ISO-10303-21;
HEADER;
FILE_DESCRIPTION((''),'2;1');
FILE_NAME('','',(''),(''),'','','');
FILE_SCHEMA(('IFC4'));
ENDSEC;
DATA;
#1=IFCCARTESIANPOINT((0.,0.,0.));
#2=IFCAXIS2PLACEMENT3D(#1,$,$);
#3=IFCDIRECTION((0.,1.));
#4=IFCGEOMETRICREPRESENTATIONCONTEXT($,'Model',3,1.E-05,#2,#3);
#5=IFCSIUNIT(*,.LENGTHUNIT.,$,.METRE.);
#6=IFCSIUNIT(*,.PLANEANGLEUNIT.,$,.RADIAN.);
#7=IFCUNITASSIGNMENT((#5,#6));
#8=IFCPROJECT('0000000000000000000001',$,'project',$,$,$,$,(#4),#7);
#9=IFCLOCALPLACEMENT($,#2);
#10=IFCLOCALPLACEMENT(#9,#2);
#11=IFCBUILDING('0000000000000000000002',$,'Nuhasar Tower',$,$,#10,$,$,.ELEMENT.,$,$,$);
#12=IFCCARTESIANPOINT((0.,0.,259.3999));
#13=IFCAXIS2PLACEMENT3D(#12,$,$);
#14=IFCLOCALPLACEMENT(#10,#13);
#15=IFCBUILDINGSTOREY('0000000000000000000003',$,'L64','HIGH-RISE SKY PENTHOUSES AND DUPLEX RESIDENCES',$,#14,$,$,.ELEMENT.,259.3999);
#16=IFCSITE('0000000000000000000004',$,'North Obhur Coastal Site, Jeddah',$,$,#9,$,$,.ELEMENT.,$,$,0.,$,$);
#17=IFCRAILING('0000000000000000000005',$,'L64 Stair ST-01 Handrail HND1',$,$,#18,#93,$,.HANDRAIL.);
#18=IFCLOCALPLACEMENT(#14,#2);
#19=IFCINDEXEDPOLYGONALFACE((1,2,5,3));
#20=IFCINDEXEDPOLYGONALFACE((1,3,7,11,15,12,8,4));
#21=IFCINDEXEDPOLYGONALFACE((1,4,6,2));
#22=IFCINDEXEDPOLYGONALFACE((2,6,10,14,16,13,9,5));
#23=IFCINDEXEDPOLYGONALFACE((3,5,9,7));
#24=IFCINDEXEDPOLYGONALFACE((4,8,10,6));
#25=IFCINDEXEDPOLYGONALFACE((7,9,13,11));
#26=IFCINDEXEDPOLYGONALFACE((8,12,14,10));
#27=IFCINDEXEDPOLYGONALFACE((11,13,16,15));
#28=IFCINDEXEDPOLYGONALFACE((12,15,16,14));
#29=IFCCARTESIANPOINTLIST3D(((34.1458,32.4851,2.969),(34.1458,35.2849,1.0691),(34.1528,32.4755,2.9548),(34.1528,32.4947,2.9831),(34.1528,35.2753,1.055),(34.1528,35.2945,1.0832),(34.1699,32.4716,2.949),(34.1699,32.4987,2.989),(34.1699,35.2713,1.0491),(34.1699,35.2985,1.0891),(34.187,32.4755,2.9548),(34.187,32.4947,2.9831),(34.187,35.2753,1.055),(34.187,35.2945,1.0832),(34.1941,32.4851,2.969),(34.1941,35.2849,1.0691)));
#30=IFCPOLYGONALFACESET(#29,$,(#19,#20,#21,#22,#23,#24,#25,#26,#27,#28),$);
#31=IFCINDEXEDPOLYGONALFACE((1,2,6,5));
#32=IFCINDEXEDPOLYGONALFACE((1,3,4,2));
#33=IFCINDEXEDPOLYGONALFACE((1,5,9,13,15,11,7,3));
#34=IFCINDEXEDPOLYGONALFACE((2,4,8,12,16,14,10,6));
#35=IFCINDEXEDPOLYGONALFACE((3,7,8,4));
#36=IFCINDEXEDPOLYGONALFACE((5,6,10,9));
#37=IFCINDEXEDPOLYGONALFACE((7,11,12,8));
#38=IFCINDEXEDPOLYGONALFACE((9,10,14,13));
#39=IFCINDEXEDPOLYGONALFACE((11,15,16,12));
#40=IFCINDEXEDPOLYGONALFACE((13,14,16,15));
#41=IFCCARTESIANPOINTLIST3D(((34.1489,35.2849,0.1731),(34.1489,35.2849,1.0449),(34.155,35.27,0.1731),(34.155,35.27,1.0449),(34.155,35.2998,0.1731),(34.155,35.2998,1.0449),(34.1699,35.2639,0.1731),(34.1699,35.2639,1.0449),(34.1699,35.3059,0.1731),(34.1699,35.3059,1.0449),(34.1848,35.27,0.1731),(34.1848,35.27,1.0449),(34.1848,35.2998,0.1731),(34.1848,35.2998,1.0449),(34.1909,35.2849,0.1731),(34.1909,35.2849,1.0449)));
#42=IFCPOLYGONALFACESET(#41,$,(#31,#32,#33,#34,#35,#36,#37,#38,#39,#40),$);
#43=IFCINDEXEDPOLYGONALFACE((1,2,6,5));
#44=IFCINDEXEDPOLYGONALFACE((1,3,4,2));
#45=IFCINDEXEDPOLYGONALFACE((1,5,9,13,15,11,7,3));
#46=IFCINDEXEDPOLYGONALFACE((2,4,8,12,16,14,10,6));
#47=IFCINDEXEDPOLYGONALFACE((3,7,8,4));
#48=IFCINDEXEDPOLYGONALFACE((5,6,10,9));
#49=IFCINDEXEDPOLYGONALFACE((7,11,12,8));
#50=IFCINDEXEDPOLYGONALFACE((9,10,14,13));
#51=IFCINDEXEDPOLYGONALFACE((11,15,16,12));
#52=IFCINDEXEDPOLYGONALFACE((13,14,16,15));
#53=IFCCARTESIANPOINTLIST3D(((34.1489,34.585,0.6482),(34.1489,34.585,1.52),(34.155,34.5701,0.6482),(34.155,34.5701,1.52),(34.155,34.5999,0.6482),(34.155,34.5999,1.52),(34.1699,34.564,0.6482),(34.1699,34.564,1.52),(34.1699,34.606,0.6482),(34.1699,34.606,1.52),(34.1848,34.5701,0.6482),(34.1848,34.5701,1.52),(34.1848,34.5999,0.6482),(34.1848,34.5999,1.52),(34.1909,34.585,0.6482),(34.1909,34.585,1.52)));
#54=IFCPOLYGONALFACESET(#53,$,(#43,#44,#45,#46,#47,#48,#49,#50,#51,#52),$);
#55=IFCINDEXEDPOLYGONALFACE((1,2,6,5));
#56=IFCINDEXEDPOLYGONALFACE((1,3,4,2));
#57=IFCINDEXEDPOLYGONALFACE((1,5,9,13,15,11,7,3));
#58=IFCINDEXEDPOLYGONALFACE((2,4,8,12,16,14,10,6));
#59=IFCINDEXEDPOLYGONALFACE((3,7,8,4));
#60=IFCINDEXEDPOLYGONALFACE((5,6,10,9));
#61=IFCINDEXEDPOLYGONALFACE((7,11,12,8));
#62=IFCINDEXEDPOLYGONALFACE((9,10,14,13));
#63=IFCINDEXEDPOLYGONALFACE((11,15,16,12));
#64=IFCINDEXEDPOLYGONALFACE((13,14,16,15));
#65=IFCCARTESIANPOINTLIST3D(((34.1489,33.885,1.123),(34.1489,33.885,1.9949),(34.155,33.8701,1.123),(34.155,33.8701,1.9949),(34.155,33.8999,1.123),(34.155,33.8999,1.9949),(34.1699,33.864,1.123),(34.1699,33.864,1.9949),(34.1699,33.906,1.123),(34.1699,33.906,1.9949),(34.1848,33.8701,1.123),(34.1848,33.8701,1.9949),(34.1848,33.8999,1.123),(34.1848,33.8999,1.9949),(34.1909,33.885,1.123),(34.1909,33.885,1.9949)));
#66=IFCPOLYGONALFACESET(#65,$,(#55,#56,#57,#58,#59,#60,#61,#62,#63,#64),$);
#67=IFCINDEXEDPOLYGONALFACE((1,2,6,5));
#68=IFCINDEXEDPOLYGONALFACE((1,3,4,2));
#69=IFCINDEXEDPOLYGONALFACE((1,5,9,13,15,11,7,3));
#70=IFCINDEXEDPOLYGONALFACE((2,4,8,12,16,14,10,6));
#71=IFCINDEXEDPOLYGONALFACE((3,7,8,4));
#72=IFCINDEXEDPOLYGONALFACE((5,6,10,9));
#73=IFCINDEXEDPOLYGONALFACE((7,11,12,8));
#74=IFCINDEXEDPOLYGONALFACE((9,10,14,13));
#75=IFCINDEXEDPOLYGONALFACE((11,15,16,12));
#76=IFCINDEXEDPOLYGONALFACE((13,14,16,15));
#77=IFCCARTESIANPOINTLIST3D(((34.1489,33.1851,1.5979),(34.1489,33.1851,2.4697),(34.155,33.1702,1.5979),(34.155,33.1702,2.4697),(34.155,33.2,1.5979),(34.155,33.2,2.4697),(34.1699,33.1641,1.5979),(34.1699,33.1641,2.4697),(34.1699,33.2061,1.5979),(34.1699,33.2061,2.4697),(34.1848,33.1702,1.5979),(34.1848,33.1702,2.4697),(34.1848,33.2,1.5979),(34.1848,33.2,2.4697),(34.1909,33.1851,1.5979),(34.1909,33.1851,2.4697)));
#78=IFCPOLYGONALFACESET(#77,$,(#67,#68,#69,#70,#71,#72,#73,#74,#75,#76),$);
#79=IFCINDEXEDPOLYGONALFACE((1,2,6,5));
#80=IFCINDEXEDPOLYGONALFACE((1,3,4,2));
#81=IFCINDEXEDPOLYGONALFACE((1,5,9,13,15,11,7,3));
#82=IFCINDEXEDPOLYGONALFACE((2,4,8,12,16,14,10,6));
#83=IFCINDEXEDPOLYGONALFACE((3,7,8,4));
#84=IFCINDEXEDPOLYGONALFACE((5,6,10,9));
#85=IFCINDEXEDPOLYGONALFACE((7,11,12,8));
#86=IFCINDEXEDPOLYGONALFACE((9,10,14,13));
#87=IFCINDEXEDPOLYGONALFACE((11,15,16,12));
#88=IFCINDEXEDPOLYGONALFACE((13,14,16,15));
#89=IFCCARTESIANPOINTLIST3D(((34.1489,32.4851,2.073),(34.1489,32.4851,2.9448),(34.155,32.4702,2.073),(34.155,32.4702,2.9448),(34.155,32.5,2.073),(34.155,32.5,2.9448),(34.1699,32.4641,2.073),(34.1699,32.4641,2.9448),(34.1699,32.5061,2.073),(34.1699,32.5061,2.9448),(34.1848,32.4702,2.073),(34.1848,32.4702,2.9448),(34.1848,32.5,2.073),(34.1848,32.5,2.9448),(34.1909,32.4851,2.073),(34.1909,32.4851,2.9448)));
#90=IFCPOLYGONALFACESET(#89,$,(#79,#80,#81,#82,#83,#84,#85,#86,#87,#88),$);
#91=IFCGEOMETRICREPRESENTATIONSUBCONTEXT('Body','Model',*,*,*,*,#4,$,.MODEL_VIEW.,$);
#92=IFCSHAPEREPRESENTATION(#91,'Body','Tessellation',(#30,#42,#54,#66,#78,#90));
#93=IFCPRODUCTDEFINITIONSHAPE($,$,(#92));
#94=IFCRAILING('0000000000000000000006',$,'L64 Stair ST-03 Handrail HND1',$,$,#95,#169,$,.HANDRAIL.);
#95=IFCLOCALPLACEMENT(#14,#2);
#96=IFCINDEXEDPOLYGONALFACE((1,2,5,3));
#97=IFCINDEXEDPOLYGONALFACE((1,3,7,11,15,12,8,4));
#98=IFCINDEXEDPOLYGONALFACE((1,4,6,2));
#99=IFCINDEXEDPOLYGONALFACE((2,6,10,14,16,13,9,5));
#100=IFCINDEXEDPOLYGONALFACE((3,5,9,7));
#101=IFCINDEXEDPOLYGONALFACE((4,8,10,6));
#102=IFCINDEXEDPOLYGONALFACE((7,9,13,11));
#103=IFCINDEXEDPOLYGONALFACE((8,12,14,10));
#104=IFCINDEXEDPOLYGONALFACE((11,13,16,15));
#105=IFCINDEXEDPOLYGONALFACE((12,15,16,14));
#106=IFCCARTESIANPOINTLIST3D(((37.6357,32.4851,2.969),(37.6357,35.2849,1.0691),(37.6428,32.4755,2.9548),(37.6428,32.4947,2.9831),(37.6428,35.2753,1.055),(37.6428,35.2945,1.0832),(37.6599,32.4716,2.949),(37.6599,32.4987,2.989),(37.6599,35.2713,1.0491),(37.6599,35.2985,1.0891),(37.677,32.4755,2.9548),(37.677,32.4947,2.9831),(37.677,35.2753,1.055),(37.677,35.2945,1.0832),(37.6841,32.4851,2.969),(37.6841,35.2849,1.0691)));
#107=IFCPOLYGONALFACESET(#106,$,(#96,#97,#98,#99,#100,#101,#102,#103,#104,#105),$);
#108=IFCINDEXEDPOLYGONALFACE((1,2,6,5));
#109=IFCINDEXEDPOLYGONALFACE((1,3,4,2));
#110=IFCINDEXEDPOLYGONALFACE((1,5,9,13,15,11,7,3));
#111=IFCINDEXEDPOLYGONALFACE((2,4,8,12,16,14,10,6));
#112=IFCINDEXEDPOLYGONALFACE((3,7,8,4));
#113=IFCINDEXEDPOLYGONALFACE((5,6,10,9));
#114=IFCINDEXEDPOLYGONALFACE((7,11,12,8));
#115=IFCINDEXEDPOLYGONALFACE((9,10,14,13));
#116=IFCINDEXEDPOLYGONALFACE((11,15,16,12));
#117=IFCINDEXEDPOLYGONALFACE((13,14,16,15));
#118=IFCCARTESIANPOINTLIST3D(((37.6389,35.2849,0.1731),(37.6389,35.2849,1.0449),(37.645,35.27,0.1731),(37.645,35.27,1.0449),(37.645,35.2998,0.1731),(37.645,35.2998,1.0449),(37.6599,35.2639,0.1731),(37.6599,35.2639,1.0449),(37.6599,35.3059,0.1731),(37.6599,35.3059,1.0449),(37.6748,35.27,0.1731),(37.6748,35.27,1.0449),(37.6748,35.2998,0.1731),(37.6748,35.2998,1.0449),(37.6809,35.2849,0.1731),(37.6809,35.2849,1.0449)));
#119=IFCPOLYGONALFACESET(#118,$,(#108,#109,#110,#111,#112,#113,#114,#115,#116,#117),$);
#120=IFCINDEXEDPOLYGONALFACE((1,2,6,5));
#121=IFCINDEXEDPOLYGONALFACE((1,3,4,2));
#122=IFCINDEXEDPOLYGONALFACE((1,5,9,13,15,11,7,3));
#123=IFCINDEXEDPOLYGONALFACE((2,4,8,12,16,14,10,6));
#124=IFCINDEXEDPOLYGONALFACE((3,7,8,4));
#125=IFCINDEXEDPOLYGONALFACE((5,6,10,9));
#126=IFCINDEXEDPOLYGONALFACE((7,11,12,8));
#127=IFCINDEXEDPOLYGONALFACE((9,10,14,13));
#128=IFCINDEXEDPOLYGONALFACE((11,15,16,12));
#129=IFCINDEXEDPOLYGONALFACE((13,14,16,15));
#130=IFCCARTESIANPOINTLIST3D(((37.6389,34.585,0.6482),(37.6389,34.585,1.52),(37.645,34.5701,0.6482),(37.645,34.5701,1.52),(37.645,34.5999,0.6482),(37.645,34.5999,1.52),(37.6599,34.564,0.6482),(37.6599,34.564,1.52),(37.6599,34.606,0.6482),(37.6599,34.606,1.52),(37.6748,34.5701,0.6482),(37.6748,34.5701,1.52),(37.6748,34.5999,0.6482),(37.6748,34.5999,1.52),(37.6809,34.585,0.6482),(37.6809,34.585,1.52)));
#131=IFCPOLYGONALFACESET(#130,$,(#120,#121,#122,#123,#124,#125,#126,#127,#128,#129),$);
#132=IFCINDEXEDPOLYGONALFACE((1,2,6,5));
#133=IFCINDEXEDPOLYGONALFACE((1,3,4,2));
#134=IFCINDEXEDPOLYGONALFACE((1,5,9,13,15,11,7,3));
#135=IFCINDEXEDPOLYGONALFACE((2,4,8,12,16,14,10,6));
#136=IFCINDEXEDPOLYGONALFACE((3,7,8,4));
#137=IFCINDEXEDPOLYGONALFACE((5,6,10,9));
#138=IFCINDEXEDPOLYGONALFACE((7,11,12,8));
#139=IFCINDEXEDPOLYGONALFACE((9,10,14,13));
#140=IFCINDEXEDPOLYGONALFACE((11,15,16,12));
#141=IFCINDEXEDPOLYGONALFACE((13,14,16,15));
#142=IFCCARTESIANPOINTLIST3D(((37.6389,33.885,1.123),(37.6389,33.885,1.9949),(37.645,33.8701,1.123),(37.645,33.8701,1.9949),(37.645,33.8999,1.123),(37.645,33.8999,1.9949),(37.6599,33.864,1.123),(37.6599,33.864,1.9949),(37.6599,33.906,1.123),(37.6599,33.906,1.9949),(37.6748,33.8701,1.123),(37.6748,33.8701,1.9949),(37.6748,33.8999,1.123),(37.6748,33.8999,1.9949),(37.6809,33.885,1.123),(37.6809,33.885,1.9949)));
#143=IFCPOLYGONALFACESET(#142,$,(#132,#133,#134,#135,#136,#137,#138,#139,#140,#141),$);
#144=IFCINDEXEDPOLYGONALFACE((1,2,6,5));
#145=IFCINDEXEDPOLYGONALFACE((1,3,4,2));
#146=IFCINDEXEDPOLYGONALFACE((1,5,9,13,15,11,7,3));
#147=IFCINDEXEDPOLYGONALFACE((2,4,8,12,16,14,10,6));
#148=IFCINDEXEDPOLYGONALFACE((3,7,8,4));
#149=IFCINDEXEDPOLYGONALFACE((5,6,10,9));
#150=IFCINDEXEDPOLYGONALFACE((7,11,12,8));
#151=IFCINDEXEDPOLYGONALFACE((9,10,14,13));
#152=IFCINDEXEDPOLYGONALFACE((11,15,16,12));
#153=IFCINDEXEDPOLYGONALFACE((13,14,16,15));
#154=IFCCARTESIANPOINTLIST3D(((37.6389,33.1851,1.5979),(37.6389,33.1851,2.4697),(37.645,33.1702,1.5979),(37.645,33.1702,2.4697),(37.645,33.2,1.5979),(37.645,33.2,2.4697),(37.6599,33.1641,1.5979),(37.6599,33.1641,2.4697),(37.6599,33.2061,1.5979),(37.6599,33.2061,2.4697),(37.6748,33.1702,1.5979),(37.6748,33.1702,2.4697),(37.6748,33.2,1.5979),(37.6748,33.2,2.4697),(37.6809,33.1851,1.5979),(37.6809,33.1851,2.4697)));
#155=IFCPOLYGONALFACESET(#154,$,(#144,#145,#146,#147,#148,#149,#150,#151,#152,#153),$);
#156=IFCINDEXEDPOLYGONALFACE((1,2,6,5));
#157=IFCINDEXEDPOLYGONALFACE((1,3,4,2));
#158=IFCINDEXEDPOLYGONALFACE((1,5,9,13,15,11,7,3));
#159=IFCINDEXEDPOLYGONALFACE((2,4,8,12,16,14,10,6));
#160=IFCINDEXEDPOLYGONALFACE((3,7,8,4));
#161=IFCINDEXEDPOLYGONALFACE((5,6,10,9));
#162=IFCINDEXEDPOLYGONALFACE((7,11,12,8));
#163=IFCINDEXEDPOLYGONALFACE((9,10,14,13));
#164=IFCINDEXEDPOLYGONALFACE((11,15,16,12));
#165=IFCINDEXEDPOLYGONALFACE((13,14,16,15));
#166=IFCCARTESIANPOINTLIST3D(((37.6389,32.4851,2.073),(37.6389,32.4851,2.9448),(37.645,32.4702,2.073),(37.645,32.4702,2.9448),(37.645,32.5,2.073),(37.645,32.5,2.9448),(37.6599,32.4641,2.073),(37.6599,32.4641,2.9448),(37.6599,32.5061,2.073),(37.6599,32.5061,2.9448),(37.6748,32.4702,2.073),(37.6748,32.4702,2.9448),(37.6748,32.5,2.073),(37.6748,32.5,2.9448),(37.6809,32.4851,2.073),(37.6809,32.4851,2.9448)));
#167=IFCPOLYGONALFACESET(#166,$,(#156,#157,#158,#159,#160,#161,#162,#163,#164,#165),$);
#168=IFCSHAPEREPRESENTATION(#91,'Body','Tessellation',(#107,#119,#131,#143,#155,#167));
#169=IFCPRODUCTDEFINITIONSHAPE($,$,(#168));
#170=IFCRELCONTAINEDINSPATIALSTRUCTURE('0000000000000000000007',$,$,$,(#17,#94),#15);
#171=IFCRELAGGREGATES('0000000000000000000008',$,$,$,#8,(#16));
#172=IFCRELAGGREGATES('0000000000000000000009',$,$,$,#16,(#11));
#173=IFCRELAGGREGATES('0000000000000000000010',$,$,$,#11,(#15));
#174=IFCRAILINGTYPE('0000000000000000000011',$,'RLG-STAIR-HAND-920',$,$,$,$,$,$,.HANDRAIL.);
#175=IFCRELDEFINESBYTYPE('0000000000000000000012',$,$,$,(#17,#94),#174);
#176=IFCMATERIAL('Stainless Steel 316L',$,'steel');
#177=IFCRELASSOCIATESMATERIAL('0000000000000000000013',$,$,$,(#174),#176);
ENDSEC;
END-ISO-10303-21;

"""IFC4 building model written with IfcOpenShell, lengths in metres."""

from ifc_helpers import new_model, si_unit, direction, frame, origin, place, context, subcontext, project, spatial, polyline, outline, extrude, material, type_object, element, save


model = new_model("IFC4")

# Units and contexts
model_context = context("Model", 3, precision=1e-05, world=origin(), true_north=direction((0.0, 1.0)))
body_context = subcontext(model_context, "Body", "Model", "MODEL_VIEW")
ifc_project = project(units=[si_unit("LENGTHUNIT", "METRE"), si_unit("PLANEANGLEUNIT", "RADIAN")], contexts=[model_context])

# Site, building, storey
site_placement = place(None, origin())
site = spatial("IfcSite", under=ifc_project, at=site_placement, Name="North Obhur Coastal Site, Jeddah", CompositionType="ELEMENT", RefElevation=0.0)
building_placement = place(site_placement, origin())
building = spatial("IfcBuilding", under=site, at=building_placement, Name="Nuhasar Tower", CompositionType="ELEMENT")
storey_placement = place(building_placement, frame((0.0, 0.0, 259.3999)))
storey = spatial("IfcBuildingStorey", under=building, at=storey_placement, Name="L64", Description="HIGH-RISE SKY PENTHOUSES AND DUPLEX RESIDENCES", CompositionType="ELEMENT", Elevation=259.3999)

# Railings
ifc_material_1 = material(Name="Stainless Steel 316L", Category="steel")
railing_type_1 = type_object("IfcRailingType", Name="RLG-STAIR-HAND-920", PredefinedType="HANDRAIL", material=ifc_material_1)
railing_1_placement = place(storey_placement, frame((34.1699, 35.2849, 0.1731)))
element("IfcRailing", 1, at=railing_1_placement, inside=storey, type_object=railing_type_1, Name="L64 Stair ST-01 Handrail HND1", PredefinedType="HANDRAIL", context=body_context, shape_type="SweptSolid", body=[
    extrude(outline(polyline([(0.0242, 0.0), (0.0171, 0.0171), (0.0, 0.0242), (-0.0171, 0.0171), (-0.0242, 0.0), (-0.0171, -0.0171), (0.0, -0.0242), (0.0171, -0.0171), (0.0242, 0.0)])), frame((0.0, 0.0, 0.896), z_axis=(0.0, -0.827471, 0.561508), x_axis=(1.0, 0.0, 0.0)), (0.0, 0.0, 1.0), 3.3835),
    extrude(outline(polyline([(0.021, 0.0), (0.0149, 0.0149), (0.0, 0.021), (-0.0149, 0.0149), (-0.021, 0.0), (-0.0149, -0.0149), (0.0, -0.021), (0.0149, -0.0149), (0.021, 0.0)])), origin(), (0.0, 0.0, 1.0), 0.8718),
    extrude(outline(polyline([(0.021, 0.0), (0.0149, 0.0149), (0.0, 0.021), (-0.0149, 0.0149), (-0.021, 0.0), (-0.0149, -0.0149), (0.0, -0.021), (0.0149, -0.0149), (0.021, 0.0)])), frame((0.0, -0.7, 0.4751)), (0.0, 0.0, 1.0), 0.8718),
    extrude(outline(polyline([(0.021, 0.0), (0.0149, 0.0149), (0.0, 0.021), (-0.0149, 0.0149), (-0.021, 0.0), (-0.0149, -0.0149), (0.0, -0.021), (0.0149, -0.0149), (0.021, 0.0)])), frame((0.0, -1.3999, 0.95)), (0.0, 0.0, 1.0), 0.8718),
    extrude(outline(polyline([(0.021, 0.0), (0.0149, 0.0149), (0.0, 0.021), (-0.0149, 0.0149), (-0.021, 0.0), (-0.0149, -0.0149), (0.0, -0.021), (0.0149, -0.0149), (0.021, 0.0)])), frame((0.0, -2.0999, 1.4248)), (0.0, 0.0, 1.0), 0.8718),
    extrude(outline(polyline([(0.021, 0.0), (0.0149, 0.0149), (0.0, 0.021), (-0.0149, 0.0149), (-0.021, 0.0), (-0.0149, -0.0149), (0.0, -0.021), (0.0149, -0.0149), (0.021, 0.0)])), frame((0.0, -2.7998, 1.8999)), (0.0, 0.0, 1.0), 0.8718),
])
railing_2_placement = place(storey_placement, frame((37.6599, 35.2849, 0.1731)))
element("IfcRailing", 2, at=railing_2_placement, inside=storey, type_object=railing_type_1, Name="L64 Stair ST-03 Handrail HND1", PredefinedType="HANDRAIL", context=body_context, shape_type="SweptSolid", body=[
    extrude(outline(polyline([(0.0242, 0.0), (0.0171, 0.0171), (0.0, 0.0242), (-0.0171, 0.0171), (-0.0242, 0.0), (-0.0171, -0.0171), (0.0, -0.0242), (0.0171, -0.0171), (0.0242, 0.0)])), frame((0.0, 0.0, 0.896), z_axis=(0.0, -0.827471, 0.561508), x_axis=(1.0, 0.0, 0.0)), (0.0, 0.0, 1.0), 3.3835),
    extrude(outline(polyline([(0.021, 0.0), (0.0149, 0.0149), (0.0, 0.021), (-0.0149, 0.0149), (-0.021, 0.0), (-0.0149, -0.0149), (0.0, -0.021), (0.0149, -0.0149), (0.021, 0.0)])), origin(), (0.0, 0.0, 1.0), 0.8718),
    extrude(outline(polyline([(0.021, 0.0), (0.0149, 0.0149), (0.0, 0.021), (-0.0149, 0.0149), (-0.021, 0.0), (-0.0149, -0.0149), (0.0, -0.021), (0.0149, -0.0149), (0.021, 0.0)])), frame((0.0, -0.7, 0.4751)), (0.0, 0.0, 1.0), 0.8718),
    extrude(outline(polyline([(0.021, 0.0), (0.0149, 0.0149), (0.0, 0.021), (-0.0149, 0.0149), (-0.021, 0.0), (-0.0149, -0.0149), (0.0, -0.021), (0.0149, -0.0149), (0.021, 0.0)])), frame((0.0, -1.3999, 0.95)), (0.0, 0.0, 1.0), 0.8718),
    extrude(outline(polyline([(0.021, 0.0), (0.0149, 0.0149), (0.0, 0.021), (-0.0149, 0.0149), (-0.021, 0.0), (-0.0149, -0.0149), (0.0, -0.021), (0.0149, -0.0149), (0.021, 0.0)])), frame((0.0, -2.0999, 1.4248)), (0.0, 0.0, 1.0), 0.8718),
    extrude(outline(polyline([(0.021, 0.0), (0.0149, 0.0149), (0.0, 0.021), (-0.0149, 0.0149), (-0.021, 0.0), (-0.0149, -0.0149), (0.0, -0.021), (0.0149, -0.0149), (0.021, 0.0)])), frame((0.0, -2.7998, 1.8999)), (0.0, 0.0, 1.0), 0.8718),
])

save(model, "model.ifc")
